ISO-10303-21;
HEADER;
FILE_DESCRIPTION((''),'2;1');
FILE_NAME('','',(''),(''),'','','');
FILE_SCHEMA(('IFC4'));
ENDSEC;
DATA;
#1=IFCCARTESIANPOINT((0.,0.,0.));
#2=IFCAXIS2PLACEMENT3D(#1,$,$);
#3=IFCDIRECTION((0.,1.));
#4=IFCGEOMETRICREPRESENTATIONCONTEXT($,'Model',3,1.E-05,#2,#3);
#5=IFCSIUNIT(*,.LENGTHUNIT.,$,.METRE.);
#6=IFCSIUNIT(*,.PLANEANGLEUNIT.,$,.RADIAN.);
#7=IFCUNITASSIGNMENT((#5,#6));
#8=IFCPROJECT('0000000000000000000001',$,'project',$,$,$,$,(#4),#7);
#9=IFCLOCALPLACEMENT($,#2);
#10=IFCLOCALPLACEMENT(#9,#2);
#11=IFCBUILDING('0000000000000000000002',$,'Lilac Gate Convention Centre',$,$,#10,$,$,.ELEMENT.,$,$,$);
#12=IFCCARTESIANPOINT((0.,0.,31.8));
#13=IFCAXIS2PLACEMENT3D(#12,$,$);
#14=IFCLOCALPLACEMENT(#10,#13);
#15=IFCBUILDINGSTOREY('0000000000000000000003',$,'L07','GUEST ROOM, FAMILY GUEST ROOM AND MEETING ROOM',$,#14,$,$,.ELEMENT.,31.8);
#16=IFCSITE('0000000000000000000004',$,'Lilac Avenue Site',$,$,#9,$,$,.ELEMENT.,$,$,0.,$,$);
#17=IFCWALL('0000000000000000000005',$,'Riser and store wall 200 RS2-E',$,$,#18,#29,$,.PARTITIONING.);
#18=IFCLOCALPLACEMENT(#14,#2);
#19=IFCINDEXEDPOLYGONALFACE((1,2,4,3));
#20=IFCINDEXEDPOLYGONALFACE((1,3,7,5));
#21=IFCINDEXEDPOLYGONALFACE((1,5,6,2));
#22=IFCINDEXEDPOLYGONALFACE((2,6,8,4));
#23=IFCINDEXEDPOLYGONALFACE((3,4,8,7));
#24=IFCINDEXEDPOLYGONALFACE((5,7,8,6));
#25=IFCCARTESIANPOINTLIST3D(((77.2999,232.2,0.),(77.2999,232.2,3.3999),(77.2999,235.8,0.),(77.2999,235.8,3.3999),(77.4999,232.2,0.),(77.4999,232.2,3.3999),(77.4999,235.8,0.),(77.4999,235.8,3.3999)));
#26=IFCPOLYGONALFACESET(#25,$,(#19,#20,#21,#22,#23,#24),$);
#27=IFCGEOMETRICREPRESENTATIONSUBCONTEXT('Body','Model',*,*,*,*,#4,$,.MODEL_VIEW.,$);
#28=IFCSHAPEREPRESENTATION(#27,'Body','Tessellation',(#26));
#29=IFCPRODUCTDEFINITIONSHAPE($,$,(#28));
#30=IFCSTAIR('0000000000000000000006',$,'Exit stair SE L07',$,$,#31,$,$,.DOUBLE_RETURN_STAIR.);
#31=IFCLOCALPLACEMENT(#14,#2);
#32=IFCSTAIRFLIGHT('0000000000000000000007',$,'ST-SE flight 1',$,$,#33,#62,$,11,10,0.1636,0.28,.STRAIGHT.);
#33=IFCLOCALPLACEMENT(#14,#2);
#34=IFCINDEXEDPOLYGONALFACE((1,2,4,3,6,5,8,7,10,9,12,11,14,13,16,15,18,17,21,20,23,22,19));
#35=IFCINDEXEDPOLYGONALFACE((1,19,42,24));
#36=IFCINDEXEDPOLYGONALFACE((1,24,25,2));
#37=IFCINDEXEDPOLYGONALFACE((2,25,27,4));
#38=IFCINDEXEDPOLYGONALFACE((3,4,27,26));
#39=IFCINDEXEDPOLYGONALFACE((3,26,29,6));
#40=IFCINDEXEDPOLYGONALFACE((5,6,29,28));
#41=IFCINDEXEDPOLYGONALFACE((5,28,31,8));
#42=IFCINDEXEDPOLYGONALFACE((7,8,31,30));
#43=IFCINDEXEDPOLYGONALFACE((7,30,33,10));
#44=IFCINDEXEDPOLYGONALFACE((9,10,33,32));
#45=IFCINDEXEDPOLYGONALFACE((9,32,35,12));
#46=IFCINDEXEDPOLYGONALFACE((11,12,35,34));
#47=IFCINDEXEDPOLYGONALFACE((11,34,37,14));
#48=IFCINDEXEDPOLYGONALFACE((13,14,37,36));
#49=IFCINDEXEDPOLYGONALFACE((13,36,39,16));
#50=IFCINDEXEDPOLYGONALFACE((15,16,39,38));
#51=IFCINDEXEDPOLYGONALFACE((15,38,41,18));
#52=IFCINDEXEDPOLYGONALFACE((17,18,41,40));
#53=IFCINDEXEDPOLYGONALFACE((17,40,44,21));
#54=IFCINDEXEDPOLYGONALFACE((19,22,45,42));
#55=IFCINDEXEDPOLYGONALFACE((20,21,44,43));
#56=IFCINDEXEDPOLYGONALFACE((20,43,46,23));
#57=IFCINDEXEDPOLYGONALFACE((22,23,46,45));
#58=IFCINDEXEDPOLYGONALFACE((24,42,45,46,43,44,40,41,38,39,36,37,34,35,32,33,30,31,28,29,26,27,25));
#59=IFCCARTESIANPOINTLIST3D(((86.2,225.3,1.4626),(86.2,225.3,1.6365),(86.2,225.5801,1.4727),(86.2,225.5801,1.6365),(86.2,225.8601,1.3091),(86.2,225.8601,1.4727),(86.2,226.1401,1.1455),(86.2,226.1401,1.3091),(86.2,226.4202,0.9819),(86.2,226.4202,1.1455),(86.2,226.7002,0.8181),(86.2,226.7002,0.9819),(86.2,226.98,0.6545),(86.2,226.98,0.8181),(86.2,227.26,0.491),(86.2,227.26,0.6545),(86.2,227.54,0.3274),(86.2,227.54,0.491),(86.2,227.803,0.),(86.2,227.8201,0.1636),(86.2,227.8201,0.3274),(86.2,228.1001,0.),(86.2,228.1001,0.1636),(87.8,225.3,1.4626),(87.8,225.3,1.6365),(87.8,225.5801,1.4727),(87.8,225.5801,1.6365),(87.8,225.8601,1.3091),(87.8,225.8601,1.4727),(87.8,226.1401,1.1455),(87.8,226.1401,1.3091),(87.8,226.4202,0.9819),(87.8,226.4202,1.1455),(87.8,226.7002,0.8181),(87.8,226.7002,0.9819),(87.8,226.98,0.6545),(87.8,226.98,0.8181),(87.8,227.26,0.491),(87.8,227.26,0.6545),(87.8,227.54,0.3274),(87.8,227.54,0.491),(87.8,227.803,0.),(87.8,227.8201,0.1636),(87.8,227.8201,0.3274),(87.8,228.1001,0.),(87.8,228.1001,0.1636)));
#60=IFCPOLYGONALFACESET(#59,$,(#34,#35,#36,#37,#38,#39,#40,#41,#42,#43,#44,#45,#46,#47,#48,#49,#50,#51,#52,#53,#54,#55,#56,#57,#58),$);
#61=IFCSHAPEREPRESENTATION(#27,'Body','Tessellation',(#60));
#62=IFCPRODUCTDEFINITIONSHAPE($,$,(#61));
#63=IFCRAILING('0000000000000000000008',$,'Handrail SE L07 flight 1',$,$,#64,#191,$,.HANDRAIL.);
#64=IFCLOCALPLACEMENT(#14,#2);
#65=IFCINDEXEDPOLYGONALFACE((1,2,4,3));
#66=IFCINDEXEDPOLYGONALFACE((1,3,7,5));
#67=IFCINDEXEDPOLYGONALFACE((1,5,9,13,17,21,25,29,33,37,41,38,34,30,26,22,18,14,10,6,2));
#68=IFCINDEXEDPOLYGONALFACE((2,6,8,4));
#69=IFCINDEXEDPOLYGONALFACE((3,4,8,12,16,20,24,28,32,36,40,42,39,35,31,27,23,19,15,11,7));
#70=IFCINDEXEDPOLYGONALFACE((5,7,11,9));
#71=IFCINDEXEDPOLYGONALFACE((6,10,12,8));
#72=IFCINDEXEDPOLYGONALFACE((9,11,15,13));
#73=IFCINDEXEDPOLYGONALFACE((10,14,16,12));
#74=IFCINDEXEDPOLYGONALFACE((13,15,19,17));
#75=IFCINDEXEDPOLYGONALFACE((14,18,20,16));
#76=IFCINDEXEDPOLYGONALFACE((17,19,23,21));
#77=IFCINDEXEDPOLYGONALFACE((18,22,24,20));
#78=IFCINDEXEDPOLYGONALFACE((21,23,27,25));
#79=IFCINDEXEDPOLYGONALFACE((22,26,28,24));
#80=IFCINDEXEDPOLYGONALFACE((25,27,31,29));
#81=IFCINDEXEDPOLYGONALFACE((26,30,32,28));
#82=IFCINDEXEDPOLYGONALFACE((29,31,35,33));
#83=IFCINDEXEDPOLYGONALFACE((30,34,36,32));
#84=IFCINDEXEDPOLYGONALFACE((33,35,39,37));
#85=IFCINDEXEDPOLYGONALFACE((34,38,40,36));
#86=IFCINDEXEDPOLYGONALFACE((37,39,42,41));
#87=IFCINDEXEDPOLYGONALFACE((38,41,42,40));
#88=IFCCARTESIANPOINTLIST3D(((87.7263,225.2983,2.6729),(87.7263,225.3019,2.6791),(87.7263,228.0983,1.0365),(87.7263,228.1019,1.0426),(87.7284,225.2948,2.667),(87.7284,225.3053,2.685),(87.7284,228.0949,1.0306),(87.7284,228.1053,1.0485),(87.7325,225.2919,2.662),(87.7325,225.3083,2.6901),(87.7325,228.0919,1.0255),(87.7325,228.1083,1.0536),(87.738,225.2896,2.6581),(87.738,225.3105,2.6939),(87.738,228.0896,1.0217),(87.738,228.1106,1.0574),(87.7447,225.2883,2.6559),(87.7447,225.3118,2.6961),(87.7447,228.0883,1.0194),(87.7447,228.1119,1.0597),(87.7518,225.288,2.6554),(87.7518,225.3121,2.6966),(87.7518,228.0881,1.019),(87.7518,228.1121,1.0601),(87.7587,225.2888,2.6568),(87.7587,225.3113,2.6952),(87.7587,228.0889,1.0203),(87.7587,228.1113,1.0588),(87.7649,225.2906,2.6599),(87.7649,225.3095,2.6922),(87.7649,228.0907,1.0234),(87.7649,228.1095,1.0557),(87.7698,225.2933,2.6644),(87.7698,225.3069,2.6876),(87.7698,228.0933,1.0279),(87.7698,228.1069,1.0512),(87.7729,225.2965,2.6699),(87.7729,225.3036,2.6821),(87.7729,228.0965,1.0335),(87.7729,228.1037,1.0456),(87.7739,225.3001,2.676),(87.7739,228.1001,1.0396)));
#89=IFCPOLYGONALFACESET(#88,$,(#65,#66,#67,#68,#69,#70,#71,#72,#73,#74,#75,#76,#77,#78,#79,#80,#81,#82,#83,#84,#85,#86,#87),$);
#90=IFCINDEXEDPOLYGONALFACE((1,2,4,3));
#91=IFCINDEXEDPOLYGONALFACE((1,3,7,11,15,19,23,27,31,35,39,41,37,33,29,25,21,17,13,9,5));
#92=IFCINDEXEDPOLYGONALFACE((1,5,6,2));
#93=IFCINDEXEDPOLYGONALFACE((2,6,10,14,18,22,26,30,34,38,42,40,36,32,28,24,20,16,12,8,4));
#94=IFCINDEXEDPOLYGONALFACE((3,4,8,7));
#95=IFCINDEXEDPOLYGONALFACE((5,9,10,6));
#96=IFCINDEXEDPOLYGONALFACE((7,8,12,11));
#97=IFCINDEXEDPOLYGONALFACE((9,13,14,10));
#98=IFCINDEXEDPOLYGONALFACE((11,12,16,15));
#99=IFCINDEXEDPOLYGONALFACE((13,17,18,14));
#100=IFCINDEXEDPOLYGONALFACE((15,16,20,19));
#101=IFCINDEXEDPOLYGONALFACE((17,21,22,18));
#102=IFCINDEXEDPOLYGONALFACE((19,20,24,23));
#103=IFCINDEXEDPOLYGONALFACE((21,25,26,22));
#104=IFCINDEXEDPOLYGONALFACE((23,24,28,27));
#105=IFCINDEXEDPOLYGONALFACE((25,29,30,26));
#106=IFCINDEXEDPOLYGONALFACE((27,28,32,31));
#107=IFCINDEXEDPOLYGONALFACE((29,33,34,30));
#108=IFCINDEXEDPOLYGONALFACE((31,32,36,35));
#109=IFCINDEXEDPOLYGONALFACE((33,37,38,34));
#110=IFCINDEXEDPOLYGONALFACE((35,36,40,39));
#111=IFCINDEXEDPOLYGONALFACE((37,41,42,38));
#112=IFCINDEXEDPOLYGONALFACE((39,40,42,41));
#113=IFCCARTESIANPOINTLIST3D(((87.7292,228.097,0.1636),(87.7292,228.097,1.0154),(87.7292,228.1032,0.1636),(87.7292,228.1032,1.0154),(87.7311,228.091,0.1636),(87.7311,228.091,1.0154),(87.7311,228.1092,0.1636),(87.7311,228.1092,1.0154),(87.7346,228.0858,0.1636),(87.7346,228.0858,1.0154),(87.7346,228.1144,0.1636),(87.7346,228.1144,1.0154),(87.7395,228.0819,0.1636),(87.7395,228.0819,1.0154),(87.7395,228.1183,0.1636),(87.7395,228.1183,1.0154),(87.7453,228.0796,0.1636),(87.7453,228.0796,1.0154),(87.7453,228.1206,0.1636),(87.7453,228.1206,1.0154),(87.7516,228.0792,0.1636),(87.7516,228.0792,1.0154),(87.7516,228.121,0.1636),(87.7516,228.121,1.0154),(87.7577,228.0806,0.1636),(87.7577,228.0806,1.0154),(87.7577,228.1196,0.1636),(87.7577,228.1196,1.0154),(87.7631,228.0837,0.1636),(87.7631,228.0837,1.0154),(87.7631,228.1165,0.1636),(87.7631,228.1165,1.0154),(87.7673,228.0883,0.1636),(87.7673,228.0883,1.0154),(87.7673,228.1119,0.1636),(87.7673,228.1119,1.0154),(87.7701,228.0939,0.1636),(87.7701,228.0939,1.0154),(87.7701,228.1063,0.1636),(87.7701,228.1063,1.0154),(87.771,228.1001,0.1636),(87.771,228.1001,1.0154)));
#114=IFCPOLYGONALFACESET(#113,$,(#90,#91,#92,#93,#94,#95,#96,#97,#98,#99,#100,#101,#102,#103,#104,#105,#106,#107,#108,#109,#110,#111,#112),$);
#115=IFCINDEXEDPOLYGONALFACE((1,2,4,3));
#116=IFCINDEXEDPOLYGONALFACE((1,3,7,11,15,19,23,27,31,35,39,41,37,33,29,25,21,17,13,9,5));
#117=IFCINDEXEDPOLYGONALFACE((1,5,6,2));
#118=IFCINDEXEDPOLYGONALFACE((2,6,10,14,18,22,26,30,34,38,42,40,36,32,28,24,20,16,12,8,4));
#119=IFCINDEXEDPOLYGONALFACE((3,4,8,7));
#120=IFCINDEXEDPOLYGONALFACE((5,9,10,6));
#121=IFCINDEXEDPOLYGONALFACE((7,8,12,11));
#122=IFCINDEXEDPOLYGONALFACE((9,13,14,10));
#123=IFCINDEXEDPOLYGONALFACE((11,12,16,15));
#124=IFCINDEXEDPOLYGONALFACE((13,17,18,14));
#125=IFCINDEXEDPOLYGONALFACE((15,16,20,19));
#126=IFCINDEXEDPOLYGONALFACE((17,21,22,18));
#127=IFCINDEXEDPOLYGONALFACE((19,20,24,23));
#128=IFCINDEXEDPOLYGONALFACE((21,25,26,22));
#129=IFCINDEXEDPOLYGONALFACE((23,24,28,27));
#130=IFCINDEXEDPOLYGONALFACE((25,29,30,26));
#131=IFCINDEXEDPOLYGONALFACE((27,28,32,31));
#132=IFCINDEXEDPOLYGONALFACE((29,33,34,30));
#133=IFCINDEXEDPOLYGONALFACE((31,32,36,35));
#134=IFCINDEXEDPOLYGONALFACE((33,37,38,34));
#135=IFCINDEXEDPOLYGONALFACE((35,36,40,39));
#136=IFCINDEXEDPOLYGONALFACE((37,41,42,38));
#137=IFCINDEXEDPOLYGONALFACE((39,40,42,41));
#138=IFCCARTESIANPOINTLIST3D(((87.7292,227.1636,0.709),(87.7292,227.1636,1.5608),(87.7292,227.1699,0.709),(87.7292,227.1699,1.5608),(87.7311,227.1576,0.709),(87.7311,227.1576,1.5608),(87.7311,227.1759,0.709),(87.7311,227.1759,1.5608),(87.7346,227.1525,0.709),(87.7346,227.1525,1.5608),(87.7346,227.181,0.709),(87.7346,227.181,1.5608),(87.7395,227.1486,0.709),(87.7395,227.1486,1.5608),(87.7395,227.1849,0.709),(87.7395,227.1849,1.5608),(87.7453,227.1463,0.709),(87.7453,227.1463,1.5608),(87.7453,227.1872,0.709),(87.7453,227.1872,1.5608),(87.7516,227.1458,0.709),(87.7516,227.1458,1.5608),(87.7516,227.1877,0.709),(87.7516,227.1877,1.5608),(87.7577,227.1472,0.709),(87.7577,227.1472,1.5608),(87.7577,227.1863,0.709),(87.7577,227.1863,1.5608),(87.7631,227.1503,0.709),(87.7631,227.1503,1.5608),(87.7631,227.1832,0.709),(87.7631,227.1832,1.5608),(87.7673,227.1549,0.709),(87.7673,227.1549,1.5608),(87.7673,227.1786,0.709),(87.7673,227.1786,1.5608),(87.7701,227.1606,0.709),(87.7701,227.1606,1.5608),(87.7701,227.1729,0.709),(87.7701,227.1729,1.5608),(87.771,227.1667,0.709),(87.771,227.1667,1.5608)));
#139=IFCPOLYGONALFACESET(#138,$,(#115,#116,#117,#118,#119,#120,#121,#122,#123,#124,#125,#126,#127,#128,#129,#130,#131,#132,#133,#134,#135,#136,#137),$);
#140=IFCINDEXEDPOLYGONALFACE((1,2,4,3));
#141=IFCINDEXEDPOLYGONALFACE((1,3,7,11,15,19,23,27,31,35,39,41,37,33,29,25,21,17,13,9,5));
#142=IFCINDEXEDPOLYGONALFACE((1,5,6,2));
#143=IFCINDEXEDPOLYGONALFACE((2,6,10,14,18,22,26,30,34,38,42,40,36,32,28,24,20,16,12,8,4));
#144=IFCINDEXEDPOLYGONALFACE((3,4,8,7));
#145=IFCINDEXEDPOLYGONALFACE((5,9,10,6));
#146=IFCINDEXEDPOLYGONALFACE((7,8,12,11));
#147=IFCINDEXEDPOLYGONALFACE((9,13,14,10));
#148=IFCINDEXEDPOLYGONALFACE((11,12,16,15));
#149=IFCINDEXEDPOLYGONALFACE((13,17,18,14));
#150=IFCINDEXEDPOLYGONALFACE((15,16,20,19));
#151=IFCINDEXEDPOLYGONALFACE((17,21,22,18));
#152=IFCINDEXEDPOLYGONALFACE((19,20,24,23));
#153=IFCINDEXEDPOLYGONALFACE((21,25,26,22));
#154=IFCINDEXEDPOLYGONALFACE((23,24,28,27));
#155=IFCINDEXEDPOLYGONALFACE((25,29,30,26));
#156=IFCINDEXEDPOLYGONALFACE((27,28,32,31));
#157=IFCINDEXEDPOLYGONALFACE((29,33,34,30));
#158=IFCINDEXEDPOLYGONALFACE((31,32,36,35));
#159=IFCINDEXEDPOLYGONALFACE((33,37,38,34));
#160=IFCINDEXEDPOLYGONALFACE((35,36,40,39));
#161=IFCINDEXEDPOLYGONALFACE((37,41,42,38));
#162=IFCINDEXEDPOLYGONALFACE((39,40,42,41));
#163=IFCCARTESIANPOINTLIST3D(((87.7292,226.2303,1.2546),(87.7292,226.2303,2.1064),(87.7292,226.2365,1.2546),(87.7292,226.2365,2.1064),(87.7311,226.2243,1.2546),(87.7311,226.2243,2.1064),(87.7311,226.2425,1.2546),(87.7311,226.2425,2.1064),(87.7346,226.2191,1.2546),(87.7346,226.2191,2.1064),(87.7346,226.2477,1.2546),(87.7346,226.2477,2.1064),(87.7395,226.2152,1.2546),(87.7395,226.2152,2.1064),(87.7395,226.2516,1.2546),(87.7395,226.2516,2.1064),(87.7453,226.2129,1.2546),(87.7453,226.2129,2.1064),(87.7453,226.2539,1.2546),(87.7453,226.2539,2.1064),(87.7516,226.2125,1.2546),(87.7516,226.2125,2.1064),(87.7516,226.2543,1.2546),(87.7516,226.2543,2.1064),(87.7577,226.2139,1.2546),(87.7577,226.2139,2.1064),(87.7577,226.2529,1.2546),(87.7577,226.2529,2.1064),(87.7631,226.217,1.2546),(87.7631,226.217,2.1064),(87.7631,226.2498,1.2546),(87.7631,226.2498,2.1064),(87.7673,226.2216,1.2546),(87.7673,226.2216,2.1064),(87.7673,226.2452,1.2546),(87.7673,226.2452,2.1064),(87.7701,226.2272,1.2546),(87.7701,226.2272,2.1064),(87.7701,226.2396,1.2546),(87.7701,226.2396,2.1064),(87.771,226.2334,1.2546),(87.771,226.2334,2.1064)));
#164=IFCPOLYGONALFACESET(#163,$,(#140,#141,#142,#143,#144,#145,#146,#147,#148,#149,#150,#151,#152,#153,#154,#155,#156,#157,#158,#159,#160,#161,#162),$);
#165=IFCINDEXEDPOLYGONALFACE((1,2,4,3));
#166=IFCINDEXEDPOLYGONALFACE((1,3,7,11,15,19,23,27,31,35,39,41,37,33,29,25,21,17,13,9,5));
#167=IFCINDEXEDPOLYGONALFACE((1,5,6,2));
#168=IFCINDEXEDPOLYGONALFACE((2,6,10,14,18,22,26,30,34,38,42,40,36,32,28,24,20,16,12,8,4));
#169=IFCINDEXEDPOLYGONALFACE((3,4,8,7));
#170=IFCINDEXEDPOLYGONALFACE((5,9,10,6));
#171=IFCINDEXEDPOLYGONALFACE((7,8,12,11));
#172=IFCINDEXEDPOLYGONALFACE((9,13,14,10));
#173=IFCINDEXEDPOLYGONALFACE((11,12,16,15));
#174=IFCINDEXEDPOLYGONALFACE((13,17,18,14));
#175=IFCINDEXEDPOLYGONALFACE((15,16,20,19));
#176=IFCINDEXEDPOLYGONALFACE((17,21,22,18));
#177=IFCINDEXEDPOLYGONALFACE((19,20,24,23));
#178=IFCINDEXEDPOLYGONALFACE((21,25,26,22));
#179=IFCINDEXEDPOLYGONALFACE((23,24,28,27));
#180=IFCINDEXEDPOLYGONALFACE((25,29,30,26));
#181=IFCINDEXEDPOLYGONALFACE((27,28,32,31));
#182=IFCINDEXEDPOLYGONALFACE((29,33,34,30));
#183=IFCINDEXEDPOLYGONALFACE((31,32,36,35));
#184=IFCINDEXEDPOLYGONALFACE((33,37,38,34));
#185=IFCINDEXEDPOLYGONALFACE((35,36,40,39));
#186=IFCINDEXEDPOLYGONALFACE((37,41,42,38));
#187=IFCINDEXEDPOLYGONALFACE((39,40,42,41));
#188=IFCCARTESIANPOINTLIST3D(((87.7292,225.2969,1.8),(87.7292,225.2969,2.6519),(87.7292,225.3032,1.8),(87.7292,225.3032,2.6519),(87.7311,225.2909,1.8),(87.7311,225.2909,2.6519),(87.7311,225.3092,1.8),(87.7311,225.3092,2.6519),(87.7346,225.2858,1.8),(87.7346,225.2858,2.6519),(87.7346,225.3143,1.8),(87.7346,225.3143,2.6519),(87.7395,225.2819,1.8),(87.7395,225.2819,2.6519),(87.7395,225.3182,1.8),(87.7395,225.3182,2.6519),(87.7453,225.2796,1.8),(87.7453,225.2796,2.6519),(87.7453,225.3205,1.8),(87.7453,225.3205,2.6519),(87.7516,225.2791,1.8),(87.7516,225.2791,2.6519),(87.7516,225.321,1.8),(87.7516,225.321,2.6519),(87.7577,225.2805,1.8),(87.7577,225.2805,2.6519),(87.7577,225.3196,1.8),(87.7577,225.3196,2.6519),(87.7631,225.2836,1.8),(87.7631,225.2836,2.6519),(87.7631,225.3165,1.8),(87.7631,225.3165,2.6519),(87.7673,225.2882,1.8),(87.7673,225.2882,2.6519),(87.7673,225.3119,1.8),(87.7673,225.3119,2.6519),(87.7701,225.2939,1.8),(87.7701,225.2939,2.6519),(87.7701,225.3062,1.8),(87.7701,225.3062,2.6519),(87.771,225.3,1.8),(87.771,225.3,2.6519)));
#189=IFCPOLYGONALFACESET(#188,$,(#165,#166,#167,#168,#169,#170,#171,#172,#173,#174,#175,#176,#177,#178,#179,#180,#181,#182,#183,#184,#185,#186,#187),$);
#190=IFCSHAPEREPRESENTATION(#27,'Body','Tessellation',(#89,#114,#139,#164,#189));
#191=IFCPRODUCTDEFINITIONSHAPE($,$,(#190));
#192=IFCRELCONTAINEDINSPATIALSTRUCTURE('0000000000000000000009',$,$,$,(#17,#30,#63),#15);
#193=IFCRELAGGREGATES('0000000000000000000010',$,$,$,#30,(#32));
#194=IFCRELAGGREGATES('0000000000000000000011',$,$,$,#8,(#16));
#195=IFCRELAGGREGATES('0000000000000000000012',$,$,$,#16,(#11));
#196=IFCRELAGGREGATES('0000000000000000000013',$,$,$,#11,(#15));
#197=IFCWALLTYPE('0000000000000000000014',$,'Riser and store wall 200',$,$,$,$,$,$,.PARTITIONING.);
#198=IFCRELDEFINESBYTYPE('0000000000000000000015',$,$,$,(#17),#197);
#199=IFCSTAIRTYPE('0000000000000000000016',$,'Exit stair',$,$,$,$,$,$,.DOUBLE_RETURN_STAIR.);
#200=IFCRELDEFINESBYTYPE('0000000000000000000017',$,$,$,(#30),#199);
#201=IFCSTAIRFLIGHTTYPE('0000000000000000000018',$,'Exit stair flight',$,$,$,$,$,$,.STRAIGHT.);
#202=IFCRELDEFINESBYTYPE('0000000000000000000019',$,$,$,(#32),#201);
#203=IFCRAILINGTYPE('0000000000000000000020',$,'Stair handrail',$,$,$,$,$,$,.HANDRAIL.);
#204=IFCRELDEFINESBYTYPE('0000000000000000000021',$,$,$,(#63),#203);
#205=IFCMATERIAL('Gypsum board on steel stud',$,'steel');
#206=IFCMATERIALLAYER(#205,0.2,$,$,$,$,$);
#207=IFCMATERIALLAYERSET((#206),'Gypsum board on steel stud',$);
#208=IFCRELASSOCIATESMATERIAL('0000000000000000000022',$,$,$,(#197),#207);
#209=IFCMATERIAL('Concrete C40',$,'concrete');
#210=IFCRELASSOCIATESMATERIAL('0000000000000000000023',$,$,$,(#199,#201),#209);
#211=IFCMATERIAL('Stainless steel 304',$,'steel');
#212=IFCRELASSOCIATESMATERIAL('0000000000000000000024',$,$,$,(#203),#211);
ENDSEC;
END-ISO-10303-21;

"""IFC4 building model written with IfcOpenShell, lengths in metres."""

from ifc_helpers import new_model, si_unit, direction, frame, frame_2d, origin, origin_2d, place, context, subcontext, project, spatial, polyline, rectangle, circle, outline, extrude, material, layer, layer_set, type_object, element, aggregate, save


model = new_model("IFC4")

# Units and contexts
model_context = context("Model", 3, precision=1e-05, world=origin(), true_north=direction((0.0, 1.0)))
body_context = subcontext(model_context, "Body", "Model", "MODEL_VIEW")
ifc_project = project(units=[si_unit("LENGTHUNIT", "METRE"), si_unit("PLANEANGLEUNIT", "RADIAN")], contexts=[model_context])

# Site, building, storey
site_placement = place(None, origin())
site = spatial("IfcSite", under=ifc_project, at=site_placement, Name="Lilac Avenue Site", CompositionType="ELEMENT", RefElevation=0.0)
building_placement = place(site_placement, origin())
building = spatial("IfcBuilding", under=site, at=building_placement, Name="Lilac Gate Convention Centre", CompositionType="ELEMENT")
storey_placement = place(building_placement, frame((0.0, 0.0, 31.8)))
storey = spatial("IfcBuildingStorey", under=building, at=storey_placement, Name="L07", Description="GUEST ROOM, FAMILY GUEST ROOM AND MEETING ROOM", CompositionType="ELEMENT", Elevation=31.8)

# Shared definitions
ifc_material_1 = material(Name="Stainless steel 304", Category="steel")
ifc_material_2 = material(Name="Gypsum board on steel stud", Category="steel")

# Wall
ifc_layer_1 = layer(ifc_material_2, 0.2)
ifc_layer_set_1 = layer_set([ifc_layer_1], Name="Gypsum board on steel stud")
wall_type_1 = type_object("IfcWallType", Name="Riser and store wall 200", PredefinedType="PARTITIONING", material=ifc_layer_set_1)
wall_1_placement = place(storey_placement, frame((77.3999, 232.2, 0.0), z_axis=(0.0, 0.0, 1.0), x_axis=(0.0, 1.0, 0.0)))
element("IfcWall", 1, at=wall_1_placement, inside=storey, type_object=wall_type_1, Name="Riser and store wall 200 RS2-E", PredefinedType="PARTITIONING", context=body_context, shape_type="SweptSolid", body=[
    extrude(rectangle(XDim=3.6001, YDim=0.2, at=frame_2d((1.8, 0.0))), origin(), (0.0, 0.0, 1.0), 3.3999),
])

# Stair, stair flight
ifc_material_3 = material(Name="Concrete C40", Category="concrete")
stair_type = type_object("IfcStairType", Name="Exit stair", PredefinedType="DOUBLE_RETURN_STAIR", material=ifc_material_3)
stair_placement = place(storey_placement, origin())
stair = element("IfcStair", 2, at=stair_placement, inside=storey, type_object=stair_type, Name="Exit stair SE L07", PredefinedType="DOUBLE_RETURN_STAIR")
stair_flight_type = type_object("IfcStairFlightType", Name="Exit stair flight", PredefinedType="STRAIGHT", material=ifc_material_3)
stair_flight_placement = place(storey_placement, frame((87.0, 228.1001, 0.0), z_axis=(0.0, 0.0, 1.0), x_axis=(0.0, -1.0, 0.0)))
stair_flight = element("IfcStairFlight", 3, at=stair_flight_placement, type_object=stair_flight_type, Name="ST-SE flight 1", NumberOfRisers=11, NumberOfTreads=10, PredefinedType="STRAIGHT", RiserHeight=0.1636, TreadLength=0.28, context=body_context, shape_type="SweptSolid", body=[
    extrude(outline(polyline([(0.0, 0.0), (0.0, 0.1636), (0.28, 0.1636), (0.28, 0.3274), (0.5601, 0.3274), (0.5601, 0.491), (0.8401, 0.491), (0.8401, 0.6545), (1.1201, 0.6545), (1.1201, 0.8181), (1.3999, 0.8181), (1.3999, 0.9819), (1.6799, 0.9819), (1.6799, 1.1455), (1.96, 1.1455), (1.96, 1.3091), (2.24, 1.3091), (2.24, 1.4727), (2.52, 1.4727), (2.52, 1.6365), (2.8, 1.6365), (2.8, 1.8), (2.8, 1.4626), (0.2971, 0.0), (0.0, 0.0)])), frame((0.0, 0.8, 0.0), z_axis=(0.0, -1.0, 0.0), x_axis=(1.0, 0.0, 0.0)), (0.0, 0.0, 1.0), 1.6001),
])
aggregate(stair, [stair_flight])

# Railing
railing_type = type_object("IfcRailingType", Name="Stair handrail", PredefinedType="HANDRAIL", material=ifc_material_1)
for number, where, name in (
    (4, (87.75, 228.1001, 0.1636), "Handrail SE L07 flight 1"),
):
    element("IfcRailing", number, at=place(storey_placement, frame(where)), inside=storey, type_object=railing_type, Name=name, PredefinedType="HANDRAIL", context=body_context, shape_type="SweptSolid", body=[
        extrude(circle(Radius=0.0239, at=origin_2d()), frame((0.0, 0.0, 0.876), z_axis=(0.0, -0.863361, 0.504587), x_axis=(1.0, 0.0, 0.0)), (0.0, 0.0, 1.0), 3.2432),
        extrude(circle(Radius=0.021, at=origin_2d()), origin(), (0.0, 0.0, 1.0), 0.8518),
        extrude(circle(Radius=0.021, at=origin_2d()), frame((0.0, -0.9333, 0.5454)), (0.0, 0.0, 1.0), 0.8518),
        extrude(circle(Radius=0.021, at=origin_2d()), frame((0.0, -1.8667, 1.0911)), (0.0, 0.0, 1.0), 0.8518),
        extrude(circle(Radius=0.021, at=origin_2d()), frame((0.0, -2.8, 1.6365)), (0.0, 0.0, 1.0), 0.8518),
    ])

save(model, "model.ifc")
